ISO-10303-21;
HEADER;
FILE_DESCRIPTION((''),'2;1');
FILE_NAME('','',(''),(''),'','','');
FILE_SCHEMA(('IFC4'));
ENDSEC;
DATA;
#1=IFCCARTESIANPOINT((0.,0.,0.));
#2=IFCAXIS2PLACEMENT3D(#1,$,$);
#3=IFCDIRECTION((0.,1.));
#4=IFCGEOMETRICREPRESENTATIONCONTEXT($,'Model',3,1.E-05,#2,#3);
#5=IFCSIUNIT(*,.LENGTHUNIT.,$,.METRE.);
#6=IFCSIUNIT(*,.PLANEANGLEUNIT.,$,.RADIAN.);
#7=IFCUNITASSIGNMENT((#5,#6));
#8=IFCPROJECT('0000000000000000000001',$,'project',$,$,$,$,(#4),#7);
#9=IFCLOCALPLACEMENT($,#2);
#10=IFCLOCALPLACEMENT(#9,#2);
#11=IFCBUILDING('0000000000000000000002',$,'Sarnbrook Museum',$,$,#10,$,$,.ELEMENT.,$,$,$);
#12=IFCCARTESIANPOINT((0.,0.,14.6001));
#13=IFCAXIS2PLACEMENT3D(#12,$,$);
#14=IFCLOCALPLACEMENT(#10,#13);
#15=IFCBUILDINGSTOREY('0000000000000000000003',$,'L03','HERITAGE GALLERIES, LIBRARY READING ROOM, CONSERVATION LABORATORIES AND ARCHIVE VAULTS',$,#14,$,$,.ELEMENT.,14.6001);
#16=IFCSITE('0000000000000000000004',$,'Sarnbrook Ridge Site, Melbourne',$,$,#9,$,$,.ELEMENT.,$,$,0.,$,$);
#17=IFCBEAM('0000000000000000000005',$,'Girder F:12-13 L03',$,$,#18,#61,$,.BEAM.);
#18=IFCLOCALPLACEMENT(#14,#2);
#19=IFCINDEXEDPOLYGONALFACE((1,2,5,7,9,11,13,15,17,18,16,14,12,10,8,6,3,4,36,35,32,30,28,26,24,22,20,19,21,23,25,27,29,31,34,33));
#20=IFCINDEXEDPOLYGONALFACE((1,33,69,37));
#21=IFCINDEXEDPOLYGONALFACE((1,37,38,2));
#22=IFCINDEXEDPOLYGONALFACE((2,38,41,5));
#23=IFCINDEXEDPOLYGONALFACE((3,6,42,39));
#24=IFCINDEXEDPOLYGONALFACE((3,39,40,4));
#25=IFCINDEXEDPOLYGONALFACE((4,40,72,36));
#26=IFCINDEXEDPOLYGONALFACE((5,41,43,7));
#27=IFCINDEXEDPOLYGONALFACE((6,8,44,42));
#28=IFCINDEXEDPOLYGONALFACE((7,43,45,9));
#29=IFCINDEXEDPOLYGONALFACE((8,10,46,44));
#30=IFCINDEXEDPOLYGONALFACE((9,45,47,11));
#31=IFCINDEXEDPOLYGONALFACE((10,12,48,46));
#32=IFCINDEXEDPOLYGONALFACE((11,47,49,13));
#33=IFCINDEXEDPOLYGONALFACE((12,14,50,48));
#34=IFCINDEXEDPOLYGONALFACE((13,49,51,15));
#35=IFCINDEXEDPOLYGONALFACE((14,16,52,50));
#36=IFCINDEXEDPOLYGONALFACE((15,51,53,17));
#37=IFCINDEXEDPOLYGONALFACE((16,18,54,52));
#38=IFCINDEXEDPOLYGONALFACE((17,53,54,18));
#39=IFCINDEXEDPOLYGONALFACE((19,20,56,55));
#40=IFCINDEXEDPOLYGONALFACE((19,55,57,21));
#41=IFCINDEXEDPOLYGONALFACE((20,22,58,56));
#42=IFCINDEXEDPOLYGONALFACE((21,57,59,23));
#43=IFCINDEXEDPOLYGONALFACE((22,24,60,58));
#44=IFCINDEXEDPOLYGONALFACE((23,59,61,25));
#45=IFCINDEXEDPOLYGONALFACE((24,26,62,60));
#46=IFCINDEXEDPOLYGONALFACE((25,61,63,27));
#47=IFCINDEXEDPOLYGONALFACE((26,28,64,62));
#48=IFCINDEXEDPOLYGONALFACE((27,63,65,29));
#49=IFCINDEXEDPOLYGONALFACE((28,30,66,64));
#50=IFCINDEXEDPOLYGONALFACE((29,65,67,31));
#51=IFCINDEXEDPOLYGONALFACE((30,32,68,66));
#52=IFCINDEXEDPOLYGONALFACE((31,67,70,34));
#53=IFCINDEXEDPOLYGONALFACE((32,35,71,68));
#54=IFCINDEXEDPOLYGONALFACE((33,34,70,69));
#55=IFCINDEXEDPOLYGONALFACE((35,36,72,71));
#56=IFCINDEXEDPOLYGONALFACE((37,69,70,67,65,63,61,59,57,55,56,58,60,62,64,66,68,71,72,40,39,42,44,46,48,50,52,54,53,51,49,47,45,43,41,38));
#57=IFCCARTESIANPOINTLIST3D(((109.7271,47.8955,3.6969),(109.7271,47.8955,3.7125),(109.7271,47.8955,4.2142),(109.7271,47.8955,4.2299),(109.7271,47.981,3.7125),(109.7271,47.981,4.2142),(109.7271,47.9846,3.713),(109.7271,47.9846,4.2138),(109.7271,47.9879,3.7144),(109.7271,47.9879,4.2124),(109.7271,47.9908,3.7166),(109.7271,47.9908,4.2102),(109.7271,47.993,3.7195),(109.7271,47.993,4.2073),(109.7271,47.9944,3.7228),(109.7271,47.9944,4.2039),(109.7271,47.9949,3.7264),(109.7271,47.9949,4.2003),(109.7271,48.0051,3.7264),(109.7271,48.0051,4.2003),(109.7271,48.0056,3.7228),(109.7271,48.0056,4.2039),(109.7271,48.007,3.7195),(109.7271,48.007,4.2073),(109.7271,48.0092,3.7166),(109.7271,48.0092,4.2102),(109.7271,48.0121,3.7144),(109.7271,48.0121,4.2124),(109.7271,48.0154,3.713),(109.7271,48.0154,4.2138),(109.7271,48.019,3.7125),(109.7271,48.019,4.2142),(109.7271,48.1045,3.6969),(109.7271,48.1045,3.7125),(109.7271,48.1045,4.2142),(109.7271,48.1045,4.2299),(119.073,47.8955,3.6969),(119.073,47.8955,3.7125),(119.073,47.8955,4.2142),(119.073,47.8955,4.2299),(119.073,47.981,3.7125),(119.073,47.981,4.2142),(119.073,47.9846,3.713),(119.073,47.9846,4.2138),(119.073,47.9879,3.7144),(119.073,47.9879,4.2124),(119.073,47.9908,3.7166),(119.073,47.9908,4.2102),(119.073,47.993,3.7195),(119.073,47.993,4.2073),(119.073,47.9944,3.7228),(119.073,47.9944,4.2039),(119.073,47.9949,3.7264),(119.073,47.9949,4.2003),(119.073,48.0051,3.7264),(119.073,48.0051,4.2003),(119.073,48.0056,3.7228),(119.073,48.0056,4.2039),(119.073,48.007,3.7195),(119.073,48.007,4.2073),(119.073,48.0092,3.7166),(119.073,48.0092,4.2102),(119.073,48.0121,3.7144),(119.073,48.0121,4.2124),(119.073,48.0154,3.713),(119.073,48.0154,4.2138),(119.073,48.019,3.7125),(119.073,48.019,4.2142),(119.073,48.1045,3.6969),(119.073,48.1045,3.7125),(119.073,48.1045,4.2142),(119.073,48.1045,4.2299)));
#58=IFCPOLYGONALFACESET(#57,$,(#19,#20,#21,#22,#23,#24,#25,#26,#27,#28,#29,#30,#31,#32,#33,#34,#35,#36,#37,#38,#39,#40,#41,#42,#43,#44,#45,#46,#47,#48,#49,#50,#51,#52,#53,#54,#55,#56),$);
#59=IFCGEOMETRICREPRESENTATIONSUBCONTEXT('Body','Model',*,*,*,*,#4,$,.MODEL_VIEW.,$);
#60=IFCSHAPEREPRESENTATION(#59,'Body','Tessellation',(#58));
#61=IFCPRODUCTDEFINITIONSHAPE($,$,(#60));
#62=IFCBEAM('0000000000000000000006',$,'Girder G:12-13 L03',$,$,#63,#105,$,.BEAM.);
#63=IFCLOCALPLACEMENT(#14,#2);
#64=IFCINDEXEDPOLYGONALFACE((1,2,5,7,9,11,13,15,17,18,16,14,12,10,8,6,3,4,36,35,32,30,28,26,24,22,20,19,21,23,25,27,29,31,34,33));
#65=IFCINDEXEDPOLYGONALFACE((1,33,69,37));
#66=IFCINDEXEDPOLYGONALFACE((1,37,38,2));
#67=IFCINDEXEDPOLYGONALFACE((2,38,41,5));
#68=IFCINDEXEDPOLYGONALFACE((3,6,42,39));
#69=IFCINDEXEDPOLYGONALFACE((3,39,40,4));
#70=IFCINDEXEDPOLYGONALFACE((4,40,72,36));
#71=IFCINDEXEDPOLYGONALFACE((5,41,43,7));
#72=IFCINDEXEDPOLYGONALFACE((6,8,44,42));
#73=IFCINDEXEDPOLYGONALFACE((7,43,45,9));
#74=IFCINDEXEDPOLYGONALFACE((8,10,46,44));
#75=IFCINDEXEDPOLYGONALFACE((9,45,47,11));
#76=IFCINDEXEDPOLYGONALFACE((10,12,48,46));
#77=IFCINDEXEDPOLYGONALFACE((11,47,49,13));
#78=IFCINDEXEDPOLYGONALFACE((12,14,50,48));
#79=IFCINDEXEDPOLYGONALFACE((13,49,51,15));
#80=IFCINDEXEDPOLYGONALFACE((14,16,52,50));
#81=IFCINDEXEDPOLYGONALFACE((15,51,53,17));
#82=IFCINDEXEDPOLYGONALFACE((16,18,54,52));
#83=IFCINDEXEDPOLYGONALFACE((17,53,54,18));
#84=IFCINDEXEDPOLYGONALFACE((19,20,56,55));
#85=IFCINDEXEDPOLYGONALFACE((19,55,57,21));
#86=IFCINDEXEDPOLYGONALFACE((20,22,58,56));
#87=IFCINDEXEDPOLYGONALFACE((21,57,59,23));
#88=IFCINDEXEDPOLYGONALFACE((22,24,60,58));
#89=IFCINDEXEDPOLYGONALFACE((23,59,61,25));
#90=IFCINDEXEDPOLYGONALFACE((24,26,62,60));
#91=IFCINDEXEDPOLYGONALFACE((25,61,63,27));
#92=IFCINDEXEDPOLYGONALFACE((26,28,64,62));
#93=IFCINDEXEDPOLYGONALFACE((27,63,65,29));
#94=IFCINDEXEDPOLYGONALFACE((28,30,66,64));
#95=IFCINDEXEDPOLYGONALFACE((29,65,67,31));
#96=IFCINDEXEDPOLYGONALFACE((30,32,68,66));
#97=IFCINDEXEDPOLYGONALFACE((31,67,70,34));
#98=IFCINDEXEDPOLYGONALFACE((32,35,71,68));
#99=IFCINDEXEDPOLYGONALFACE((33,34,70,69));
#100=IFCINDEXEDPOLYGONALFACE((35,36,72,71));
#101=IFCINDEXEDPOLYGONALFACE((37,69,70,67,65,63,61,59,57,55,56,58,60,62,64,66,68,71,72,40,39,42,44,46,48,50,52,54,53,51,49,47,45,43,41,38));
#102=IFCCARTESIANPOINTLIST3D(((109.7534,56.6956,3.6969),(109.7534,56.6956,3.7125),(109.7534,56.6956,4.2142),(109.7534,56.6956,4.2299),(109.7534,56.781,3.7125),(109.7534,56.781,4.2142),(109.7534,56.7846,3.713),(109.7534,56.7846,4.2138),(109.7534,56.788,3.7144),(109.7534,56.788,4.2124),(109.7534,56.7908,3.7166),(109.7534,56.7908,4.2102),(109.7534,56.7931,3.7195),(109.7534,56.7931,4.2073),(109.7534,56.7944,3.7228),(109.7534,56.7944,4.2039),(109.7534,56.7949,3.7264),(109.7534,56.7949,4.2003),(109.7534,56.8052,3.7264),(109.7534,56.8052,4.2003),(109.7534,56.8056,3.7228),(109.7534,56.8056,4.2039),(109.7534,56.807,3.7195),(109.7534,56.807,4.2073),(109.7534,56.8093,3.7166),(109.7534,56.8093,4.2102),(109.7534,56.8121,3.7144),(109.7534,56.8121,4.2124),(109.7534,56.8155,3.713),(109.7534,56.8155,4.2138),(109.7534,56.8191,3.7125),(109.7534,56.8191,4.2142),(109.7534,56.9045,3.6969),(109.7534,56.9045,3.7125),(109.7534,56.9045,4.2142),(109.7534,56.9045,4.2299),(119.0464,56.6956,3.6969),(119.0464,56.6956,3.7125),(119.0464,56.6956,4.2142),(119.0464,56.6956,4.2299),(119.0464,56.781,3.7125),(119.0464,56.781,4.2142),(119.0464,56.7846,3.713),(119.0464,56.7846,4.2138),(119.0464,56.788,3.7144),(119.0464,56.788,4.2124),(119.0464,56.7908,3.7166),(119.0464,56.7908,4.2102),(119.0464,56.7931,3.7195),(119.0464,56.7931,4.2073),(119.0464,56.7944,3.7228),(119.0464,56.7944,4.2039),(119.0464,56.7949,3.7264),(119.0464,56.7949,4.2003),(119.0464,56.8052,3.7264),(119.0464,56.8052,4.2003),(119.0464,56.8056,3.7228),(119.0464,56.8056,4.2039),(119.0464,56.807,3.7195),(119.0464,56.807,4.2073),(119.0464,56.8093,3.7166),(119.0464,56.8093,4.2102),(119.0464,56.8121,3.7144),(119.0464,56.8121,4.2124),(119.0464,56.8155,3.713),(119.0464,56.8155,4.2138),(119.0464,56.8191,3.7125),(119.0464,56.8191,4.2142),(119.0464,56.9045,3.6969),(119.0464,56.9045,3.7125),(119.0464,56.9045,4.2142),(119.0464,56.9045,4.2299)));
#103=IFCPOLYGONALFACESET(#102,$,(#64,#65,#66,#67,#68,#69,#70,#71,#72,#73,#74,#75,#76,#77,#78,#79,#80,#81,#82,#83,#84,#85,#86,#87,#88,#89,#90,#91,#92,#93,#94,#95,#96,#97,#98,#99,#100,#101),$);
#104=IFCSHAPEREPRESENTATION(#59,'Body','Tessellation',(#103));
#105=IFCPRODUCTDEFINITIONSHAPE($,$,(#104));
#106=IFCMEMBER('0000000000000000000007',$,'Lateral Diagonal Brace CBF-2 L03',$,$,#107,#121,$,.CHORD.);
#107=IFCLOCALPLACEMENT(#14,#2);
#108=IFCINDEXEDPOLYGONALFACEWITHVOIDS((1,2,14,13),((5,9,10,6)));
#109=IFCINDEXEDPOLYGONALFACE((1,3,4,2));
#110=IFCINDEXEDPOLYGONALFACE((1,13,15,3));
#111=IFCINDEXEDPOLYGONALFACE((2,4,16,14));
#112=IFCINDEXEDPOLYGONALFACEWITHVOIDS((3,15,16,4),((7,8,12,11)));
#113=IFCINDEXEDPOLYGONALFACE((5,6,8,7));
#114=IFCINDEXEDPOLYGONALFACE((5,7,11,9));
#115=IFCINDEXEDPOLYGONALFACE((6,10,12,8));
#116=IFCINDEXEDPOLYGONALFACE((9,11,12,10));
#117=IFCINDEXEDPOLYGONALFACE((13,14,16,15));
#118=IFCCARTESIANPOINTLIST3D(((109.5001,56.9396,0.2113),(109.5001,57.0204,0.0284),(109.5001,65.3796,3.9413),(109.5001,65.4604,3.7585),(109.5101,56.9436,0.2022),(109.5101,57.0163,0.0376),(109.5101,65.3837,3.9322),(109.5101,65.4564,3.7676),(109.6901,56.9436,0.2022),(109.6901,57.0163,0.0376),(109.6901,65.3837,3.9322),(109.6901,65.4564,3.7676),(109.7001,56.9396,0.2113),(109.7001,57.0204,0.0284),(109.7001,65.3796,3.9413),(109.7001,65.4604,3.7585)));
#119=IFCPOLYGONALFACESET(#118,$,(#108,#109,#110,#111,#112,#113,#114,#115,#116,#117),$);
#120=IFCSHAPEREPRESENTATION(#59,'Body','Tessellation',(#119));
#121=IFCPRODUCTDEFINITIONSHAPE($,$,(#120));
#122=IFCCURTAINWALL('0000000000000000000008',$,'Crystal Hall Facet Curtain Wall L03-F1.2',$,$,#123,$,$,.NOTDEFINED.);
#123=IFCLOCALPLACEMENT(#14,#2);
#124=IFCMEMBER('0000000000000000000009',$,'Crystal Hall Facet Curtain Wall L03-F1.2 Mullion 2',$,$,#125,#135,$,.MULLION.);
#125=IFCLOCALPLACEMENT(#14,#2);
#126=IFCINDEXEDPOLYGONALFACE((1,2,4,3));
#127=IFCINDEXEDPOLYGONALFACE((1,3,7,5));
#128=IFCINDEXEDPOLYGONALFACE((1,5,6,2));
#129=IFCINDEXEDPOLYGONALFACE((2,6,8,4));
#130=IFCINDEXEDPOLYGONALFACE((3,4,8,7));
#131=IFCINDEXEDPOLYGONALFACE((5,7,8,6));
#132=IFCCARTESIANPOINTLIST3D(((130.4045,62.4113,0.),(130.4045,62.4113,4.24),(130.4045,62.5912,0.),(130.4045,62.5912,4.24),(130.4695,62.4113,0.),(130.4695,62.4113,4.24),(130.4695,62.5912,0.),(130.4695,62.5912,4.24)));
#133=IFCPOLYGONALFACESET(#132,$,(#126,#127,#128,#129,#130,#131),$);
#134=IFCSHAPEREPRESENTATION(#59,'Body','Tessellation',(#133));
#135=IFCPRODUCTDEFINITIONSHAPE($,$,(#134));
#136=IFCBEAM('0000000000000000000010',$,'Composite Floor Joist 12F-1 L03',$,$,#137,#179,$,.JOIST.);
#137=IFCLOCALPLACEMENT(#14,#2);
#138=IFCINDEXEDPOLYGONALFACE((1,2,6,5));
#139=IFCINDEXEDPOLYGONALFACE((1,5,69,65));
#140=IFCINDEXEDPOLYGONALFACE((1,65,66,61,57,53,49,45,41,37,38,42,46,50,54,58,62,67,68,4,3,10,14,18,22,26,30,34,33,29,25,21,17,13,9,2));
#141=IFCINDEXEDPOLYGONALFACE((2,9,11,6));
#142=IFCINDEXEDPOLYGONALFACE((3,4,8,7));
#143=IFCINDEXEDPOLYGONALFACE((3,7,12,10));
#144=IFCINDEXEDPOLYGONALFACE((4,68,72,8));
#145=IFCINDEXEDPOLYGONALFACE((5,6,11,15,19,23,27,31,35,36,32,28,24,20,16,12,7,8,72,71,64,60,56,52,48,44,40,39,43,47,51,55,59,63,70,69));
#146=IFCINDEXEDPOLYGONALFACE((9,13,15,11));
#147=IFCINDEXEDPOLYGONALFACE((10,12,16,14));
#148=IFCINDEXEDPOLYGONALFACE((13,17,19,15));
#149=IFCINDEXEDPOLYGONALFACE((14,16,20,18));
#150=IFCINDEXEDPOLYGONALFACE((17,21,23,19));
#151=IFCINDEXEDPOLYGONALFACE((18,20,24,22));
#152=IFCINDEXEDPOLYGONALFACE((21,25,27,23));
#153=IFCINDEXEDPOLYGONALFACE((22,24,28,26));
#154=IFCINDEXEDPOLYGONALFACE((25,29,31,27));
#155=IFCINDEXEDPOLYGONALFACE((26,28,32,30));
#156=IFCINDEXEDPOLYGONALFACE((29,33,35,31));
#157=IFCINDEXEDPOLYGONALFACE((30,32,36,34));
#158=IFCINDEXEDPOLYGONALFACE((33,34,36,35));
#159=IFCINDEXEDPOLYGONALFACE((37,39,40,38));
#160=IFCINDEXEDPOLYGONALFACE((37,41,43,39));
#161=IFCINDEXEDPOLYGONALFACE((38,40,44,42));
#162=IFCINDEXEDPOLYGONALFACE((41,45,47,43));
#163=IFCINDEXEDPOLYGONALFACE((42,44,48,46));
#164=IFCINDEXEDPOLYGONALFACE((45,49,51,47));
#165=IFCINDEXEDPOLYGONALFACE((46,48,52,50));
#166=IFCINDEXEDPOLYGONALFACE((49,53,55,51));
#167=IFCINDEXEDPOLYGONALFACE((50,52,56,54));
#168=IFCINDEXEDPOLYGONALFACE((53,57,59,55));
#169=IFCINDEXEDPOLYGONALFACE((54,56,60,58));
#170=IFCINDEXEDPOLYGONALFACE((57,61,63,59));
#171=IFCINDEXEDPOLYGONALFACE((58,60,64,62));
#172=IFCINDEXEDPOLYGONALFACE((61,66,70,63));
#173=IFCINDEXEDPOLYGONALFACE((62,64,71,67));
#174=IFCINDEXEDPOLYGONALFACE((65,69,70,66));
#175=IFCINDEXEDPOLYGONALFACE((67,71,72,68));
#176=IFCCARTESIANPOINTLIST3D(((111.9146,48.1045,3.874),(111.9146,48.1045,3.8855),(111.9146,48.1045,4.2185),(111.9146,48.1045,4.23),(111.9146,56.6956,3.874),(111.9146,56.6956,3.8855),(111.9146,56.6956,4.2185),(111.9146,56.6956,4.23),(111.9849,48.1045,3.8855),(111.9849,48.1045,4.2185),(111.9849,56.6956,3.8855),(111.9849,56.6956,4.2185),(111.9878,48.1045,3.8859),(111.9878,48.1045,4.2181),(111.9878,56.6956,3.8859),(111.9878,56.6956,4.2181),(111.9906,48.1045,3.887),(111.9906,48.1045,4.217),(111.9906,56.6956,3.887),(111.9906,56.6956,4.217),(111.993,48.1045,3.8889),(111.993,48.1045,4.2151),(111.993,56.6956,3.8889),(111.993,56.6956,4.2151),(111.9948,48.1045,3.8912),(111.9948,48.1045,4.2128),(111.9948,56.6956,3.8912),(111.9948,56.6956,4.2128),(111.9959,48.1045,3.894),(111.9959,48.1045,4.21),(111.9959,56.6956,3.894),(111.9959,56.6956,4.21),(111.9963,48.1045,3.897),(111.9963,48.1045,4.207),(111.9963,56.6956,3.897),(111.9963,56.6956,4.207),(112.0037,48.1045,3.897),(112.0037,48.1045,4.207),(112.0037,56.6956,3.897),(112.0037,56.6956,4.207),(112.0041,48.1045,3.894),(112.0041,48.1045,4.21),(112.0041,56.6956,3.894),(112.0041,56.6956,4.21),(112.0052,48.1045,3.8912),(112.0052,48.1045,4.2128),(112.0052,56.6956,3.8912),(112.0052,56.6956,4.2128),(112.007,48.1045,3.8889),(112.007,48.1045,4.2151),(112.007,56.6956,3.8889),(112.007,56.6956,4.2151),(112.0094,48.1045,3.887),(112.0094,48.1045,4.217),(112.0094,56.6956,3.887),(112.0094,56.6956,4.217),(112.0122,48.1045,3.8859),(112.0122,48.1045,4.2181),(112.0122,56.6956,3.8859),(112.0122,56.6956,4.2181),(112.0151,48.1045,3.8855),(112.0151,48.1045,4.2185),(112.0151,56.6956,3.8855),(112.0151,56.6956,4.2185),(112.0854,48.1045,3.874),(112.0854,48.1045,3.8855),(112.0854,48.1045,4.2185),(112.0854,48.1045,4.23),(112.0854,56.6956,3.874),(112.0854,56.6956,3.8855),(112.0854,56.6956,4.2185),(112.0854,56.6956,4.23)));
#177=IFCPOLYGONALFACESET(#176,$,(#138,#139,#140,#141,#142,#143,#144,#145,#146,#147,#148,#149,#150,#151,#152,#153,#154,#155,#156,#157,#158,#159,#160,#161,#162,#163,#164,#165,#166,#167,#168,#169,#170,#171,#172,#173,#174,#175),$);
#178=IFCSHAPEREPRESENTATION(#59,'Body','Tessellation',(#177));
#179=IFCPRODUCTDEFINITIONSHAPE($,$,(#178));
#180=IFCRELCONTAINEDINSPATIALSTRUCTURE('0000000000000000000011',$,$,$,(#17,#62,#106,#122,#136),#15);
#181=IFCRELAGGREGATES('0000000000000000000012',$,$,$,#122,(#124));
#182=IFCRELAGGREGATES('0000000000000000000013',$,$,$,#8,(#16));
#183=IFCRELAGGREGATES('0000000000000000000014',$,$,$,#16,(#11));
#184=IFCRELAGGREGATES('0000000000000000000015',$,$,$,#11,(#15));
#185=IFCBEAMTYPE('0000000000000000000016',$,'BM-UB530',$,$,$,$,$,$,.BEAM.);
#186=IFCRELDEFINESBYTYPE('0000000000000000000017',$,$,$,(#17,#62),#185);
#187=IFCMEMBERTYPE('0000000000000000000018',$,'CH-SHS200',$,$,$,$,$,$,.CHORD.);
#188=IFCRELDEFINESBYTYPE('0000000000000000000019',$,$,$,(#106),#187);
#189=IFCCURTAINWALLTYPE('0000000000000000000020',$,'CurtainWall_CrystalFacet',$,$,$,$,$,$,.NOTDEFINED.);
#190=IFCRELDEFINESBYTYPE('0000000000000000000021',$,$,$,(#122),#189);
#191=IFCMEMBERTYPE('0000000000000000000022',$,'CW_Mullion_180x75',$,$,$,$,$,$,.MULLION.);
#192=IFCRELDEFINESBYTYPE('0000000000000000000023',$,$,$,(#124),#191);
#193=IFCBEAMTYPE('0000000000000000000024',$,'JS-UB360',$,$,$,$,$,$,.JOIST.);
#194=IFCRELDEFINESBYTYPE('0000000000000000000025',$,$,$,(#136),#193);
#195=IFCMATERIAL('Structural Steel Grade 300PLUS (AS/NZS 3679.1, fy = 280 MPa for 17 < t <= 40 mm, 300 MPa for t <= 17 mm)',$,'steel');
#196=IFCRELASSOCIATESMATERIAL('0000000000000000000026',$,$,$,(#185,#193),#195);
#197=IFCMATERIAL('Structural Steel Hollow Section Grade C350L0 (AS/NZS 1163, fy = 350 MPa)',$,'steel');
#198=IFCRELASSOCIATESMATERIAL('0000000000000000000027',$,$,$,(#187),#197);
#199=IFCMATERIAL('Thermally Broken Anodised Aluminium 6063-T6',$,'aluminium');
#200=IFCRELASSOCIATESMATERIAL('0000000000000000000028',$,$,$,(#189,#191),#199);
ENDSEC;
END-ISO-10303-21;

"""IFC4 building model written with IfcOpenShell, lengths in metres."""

from ifc_helpers import new_model, si_unit, direction, frame, origin, origin_2d, place, context, subcontext, project, spatial, rectangle, hollow_rectangle, i_section, extrude, material, material_profile, profile_set, type_object, element, aggregate, save


model = new_model("IFC4")

# Units and contexts
model_context = context("Model", 3, precision=1e-05, world=origin(), true_north=direction((0.0, 1.0)))
body_context = subcontext(model_context, "Body", "Model", "MODEL_VIEW")
ifc_project = project(units=[si_unit("LENGTHUNIT", "METRE"), si_unit("PLANEANGLEUNIT", "RADIAN")], contexts=[model_context])

# Site, building, storey
site_placement = place(None, origin())
site = spatial("IfcSite", under=ifc_project, at=site_placement, Name="Sarnbrook Ridge Site, Melbourne", CompositionType="ELEMENT", RefElevation=0.0)
building_placement = place(site_placement, origin())
building = spatial("IfcBuilding", under=site, at=building_placement, Name="Sarnbrook Museum", CompositionType="ELEMENT")
storey_placement = place(building_placement, frame((0.0, 0.0, 14.6001)))
storey = spatial("IfcBuildingStorey", under=building, at=storey_placement, Name="L03", Description="HERITAGE GALLERIES, LIBRARY READING ROOM, CONSERVATION LABORATORIES AND ARCHIVE VAULTS", CompositionType="ELEMENT", Elevation=14.6001)

# Shared definitions
ifc_material_1 = material(Name="Structural Steel Grade 300PLUS (AS/NZS 3679.1, fy = 280 MPa for 17 < t <= 40 mm, 300 MPa for t <= 17 mm)", Category="steel")

# Beams
ifc_material_profile_1 = material_profile(ifc_material_1, i_section(OverallWidth=0.209, OverallDepth=0.533, WebThickness=0.0103, FlangeThickness=0.0156, FilletRadius=0.0139, at=origin_2d()), Name="530UB92.4")
ifc_profile_set_1 = profile_set([ifc_material_profile_1], Name="Structural Steel Grade 300PLUS (AS/NZS 3679.1, fy = 280 MPa for 17 < t <= 40 mm, 300 MPa for t <= 17 mm)")
beam_type_1 = type_object("IfcBeamType", Name="BM-UB530", PredefinedType="BEAM", material=ifc_profile_set_1)
beam_1_placement = place(storey_placement, frame((109.7271, 48.0, 3.9634), z_axis=(1.0, 0.0, 0.0), x_axis=(0.0, 1.0, 0.0)))
element("IfcBeam", 1, at=beam_1_placement, inside=storey, type_object=beam_type_1, Name="Girder F:12-13 L03", PredefinedType="BEAM", context=body_context, shape_type="SweptSolid", body=[
    extrude(i_section(OverallWidth=0.209, OverallDepth=0.533, WebThickness=0.0103, FlangeThickness=0.0156, FilletRadius=0.0139, at=origin_2d()), origin(), (0.0, 0.0, 1.0), 9.3459),
])
beam_2_placement = place(storey_placement, frame((109.7534, 56.8, 3.9634), z_axis=(1.0, 0.0, 0.0), x_axis=(0.0, 1.0, 0.0)))
element("IfcBeam", 2, at=beam_2_placement, inside=storey, type_object=beam_type_1, Name="Girder G:12-13 L03", PredefinedType="BEAM", context=body_context, shape_type="SweptSolid", body=[
    extrude(i_section(OverallWidth=0.209, OverallDepth=0.533, WebThickness=0.0103, FlangeThickness=0.0156, FilletRadius=0.0139, at=origin_2d()), origin(), (0.0, 0.0, 1.0), 9.293),
])

# Member
ifc_material_2 = material(Name="Structural Steel Hollow Section Grade C350L0 (AS/NZS 1163, fy = 350 MPa)", Category="steel")
ifc_material_profile_2 = material_profile(ifc_material_2, hollow_rectangle(XDim=0.2, YDim=0.2, WallThickness=0.01, at=origin_2d()), Name="200x200x10.0SHS")
ifc_profile_set_2 = profile_set([ifc_material_profile_2], Name="Structural Steel Hollow Section Grade C350L0 (AS/NZS 1163, fy = 350 MPa)")
member_type_1 = type_object("IfcMemberType", Name="CH-SHS200", PredefinedType="CHORD", material=ifc_profile_set_2)
member_1_placement = place(storey_placement, frame((109.6001, 56.98, 0.1199), z_axis=(0.0, 0.914658, 0.404228), x_axis=(-1.0, 0.0, 0.0)))
element("IfcMember", 3, at=member_1_placement, inside=storey, type_object=member_type_1, Name="Lateral Diagonal Brace CBF-2 L03", PredefinedType="CHORD", context=body_context, shape_type="SweptSolid", body=[
    extrude(hollow_rectangle(XDim=0.2, YDim=0.2, WallThickness=0.01, at=origin_2d()), origin(), (0.0, 0.0, 1.0), 9.2275),
])

# Curtain wall, member
ifc_material_3 = material(Name="Thermally Broken Anodised Aluminium 6063-T6", Category="aluminium")
curtain_wall_type = type_object("IfcCurtainWallType", Name="CurtainWall_CrystalFacet", PredefinedType="NOTDEFINED", material=ifc_material_3)
curtain_wall_placement = place(storey_placement, origin())
curtain_wall = element("IfcCurtainWall", 4, at=curtain_wall_placement, inside=storey, type_object=curtain_wall_type, Name="Crystal Hall Facet Curtain Wall L03-F1.2", PredefinedType="NOTDEFINED")
ifc_material_profile_3 = material_profile(ifc_material_3, rectangle(XDim=0.0649, YDim=0.1799, at=origin_2d()), Name="ALU MULLION 65x180")
ifc_profile_set_3 = profile_set([ifc_material_profile_3], Name="Thermally Broken Anodised Aluminium 6063-T6")
member_type_2 = type_object("IfcMemberType", Name="CW_Mullion_180x75", PredefinedType="MULLION", material=ifc_profile_set_3)
member_2_placement = place(storey_placement, frame((130.437, 62.5012, 0.0), z_axis=(0.0, 0.0, 1.0), x_axis=(1.0, 0.0, 0.0)))
member_2 = element("IfcMember", 5, at=member_2_placement, type_object=member_type_2, Name="Crystal Hall Facet Curtain Wall L03-F1.2 Mullion 2", PredefinedType="MULLION", context=body_context, shape_type="SweptSolid", body=[
    extrude(rectangle(XDim=0.0649, YDim=0.1799, at=origin_2d()), origin(), (0.0, 0.0, 1.0), 4.24),
])

# Beam
ifc_material_profile_4 = material_profile(ifc_material_1, i_section(OverallWidth=0.1709, OverallDepth=0.356, WebThickness=0.0073, FlangeThickness=0.0115, FilletRadius=0.0115, at=origin_2d()), Name="360UB50.7")
ifc_profile_set_4 = profile_set([ifc_material_profile_4], Name="Structural Steel Grade 300PLUS (AS/NZS 3679.1, fy = 280 MPa for 17 < t <= 40 mm, 300 MPa for t <= 17 mm)")
beam_type_2 = type_object("IfcBeamType", Name="JS-UB360", PredefinedType="JOIST", material=ifc_profile_set_4)
for number, where, z_axis, x_axis, name in (
    (6, (112.0, 48.1045, 4.052), (0.0, 1.0, 0.0), (-1.0, 0.0, 0.0), "Composite Floor Joist 12F-1 L03"),
):
    element("IfcBeam", number, at=place(storey_placement, frame(where, z_axis=z_axis, x_axis=x_axis)), inside=storey, type_object=beam_type_2, Name=name, PredefinedType="JOIST", context=body_context, shape_type="SweptSolid", body=[
        extrude(i_section(OverallWidth=0.1709, OverallDepth=0.356, WebThickness=0.0073, FlangeThickness=0.0115, FilletRadius=0.0115, at=origin_2d()), origin(), (0.0, 0.0, 1.0), 8.5911),
    ])

aggregate(curtain_wall, [member_2])

save(model, "model.ifc")
